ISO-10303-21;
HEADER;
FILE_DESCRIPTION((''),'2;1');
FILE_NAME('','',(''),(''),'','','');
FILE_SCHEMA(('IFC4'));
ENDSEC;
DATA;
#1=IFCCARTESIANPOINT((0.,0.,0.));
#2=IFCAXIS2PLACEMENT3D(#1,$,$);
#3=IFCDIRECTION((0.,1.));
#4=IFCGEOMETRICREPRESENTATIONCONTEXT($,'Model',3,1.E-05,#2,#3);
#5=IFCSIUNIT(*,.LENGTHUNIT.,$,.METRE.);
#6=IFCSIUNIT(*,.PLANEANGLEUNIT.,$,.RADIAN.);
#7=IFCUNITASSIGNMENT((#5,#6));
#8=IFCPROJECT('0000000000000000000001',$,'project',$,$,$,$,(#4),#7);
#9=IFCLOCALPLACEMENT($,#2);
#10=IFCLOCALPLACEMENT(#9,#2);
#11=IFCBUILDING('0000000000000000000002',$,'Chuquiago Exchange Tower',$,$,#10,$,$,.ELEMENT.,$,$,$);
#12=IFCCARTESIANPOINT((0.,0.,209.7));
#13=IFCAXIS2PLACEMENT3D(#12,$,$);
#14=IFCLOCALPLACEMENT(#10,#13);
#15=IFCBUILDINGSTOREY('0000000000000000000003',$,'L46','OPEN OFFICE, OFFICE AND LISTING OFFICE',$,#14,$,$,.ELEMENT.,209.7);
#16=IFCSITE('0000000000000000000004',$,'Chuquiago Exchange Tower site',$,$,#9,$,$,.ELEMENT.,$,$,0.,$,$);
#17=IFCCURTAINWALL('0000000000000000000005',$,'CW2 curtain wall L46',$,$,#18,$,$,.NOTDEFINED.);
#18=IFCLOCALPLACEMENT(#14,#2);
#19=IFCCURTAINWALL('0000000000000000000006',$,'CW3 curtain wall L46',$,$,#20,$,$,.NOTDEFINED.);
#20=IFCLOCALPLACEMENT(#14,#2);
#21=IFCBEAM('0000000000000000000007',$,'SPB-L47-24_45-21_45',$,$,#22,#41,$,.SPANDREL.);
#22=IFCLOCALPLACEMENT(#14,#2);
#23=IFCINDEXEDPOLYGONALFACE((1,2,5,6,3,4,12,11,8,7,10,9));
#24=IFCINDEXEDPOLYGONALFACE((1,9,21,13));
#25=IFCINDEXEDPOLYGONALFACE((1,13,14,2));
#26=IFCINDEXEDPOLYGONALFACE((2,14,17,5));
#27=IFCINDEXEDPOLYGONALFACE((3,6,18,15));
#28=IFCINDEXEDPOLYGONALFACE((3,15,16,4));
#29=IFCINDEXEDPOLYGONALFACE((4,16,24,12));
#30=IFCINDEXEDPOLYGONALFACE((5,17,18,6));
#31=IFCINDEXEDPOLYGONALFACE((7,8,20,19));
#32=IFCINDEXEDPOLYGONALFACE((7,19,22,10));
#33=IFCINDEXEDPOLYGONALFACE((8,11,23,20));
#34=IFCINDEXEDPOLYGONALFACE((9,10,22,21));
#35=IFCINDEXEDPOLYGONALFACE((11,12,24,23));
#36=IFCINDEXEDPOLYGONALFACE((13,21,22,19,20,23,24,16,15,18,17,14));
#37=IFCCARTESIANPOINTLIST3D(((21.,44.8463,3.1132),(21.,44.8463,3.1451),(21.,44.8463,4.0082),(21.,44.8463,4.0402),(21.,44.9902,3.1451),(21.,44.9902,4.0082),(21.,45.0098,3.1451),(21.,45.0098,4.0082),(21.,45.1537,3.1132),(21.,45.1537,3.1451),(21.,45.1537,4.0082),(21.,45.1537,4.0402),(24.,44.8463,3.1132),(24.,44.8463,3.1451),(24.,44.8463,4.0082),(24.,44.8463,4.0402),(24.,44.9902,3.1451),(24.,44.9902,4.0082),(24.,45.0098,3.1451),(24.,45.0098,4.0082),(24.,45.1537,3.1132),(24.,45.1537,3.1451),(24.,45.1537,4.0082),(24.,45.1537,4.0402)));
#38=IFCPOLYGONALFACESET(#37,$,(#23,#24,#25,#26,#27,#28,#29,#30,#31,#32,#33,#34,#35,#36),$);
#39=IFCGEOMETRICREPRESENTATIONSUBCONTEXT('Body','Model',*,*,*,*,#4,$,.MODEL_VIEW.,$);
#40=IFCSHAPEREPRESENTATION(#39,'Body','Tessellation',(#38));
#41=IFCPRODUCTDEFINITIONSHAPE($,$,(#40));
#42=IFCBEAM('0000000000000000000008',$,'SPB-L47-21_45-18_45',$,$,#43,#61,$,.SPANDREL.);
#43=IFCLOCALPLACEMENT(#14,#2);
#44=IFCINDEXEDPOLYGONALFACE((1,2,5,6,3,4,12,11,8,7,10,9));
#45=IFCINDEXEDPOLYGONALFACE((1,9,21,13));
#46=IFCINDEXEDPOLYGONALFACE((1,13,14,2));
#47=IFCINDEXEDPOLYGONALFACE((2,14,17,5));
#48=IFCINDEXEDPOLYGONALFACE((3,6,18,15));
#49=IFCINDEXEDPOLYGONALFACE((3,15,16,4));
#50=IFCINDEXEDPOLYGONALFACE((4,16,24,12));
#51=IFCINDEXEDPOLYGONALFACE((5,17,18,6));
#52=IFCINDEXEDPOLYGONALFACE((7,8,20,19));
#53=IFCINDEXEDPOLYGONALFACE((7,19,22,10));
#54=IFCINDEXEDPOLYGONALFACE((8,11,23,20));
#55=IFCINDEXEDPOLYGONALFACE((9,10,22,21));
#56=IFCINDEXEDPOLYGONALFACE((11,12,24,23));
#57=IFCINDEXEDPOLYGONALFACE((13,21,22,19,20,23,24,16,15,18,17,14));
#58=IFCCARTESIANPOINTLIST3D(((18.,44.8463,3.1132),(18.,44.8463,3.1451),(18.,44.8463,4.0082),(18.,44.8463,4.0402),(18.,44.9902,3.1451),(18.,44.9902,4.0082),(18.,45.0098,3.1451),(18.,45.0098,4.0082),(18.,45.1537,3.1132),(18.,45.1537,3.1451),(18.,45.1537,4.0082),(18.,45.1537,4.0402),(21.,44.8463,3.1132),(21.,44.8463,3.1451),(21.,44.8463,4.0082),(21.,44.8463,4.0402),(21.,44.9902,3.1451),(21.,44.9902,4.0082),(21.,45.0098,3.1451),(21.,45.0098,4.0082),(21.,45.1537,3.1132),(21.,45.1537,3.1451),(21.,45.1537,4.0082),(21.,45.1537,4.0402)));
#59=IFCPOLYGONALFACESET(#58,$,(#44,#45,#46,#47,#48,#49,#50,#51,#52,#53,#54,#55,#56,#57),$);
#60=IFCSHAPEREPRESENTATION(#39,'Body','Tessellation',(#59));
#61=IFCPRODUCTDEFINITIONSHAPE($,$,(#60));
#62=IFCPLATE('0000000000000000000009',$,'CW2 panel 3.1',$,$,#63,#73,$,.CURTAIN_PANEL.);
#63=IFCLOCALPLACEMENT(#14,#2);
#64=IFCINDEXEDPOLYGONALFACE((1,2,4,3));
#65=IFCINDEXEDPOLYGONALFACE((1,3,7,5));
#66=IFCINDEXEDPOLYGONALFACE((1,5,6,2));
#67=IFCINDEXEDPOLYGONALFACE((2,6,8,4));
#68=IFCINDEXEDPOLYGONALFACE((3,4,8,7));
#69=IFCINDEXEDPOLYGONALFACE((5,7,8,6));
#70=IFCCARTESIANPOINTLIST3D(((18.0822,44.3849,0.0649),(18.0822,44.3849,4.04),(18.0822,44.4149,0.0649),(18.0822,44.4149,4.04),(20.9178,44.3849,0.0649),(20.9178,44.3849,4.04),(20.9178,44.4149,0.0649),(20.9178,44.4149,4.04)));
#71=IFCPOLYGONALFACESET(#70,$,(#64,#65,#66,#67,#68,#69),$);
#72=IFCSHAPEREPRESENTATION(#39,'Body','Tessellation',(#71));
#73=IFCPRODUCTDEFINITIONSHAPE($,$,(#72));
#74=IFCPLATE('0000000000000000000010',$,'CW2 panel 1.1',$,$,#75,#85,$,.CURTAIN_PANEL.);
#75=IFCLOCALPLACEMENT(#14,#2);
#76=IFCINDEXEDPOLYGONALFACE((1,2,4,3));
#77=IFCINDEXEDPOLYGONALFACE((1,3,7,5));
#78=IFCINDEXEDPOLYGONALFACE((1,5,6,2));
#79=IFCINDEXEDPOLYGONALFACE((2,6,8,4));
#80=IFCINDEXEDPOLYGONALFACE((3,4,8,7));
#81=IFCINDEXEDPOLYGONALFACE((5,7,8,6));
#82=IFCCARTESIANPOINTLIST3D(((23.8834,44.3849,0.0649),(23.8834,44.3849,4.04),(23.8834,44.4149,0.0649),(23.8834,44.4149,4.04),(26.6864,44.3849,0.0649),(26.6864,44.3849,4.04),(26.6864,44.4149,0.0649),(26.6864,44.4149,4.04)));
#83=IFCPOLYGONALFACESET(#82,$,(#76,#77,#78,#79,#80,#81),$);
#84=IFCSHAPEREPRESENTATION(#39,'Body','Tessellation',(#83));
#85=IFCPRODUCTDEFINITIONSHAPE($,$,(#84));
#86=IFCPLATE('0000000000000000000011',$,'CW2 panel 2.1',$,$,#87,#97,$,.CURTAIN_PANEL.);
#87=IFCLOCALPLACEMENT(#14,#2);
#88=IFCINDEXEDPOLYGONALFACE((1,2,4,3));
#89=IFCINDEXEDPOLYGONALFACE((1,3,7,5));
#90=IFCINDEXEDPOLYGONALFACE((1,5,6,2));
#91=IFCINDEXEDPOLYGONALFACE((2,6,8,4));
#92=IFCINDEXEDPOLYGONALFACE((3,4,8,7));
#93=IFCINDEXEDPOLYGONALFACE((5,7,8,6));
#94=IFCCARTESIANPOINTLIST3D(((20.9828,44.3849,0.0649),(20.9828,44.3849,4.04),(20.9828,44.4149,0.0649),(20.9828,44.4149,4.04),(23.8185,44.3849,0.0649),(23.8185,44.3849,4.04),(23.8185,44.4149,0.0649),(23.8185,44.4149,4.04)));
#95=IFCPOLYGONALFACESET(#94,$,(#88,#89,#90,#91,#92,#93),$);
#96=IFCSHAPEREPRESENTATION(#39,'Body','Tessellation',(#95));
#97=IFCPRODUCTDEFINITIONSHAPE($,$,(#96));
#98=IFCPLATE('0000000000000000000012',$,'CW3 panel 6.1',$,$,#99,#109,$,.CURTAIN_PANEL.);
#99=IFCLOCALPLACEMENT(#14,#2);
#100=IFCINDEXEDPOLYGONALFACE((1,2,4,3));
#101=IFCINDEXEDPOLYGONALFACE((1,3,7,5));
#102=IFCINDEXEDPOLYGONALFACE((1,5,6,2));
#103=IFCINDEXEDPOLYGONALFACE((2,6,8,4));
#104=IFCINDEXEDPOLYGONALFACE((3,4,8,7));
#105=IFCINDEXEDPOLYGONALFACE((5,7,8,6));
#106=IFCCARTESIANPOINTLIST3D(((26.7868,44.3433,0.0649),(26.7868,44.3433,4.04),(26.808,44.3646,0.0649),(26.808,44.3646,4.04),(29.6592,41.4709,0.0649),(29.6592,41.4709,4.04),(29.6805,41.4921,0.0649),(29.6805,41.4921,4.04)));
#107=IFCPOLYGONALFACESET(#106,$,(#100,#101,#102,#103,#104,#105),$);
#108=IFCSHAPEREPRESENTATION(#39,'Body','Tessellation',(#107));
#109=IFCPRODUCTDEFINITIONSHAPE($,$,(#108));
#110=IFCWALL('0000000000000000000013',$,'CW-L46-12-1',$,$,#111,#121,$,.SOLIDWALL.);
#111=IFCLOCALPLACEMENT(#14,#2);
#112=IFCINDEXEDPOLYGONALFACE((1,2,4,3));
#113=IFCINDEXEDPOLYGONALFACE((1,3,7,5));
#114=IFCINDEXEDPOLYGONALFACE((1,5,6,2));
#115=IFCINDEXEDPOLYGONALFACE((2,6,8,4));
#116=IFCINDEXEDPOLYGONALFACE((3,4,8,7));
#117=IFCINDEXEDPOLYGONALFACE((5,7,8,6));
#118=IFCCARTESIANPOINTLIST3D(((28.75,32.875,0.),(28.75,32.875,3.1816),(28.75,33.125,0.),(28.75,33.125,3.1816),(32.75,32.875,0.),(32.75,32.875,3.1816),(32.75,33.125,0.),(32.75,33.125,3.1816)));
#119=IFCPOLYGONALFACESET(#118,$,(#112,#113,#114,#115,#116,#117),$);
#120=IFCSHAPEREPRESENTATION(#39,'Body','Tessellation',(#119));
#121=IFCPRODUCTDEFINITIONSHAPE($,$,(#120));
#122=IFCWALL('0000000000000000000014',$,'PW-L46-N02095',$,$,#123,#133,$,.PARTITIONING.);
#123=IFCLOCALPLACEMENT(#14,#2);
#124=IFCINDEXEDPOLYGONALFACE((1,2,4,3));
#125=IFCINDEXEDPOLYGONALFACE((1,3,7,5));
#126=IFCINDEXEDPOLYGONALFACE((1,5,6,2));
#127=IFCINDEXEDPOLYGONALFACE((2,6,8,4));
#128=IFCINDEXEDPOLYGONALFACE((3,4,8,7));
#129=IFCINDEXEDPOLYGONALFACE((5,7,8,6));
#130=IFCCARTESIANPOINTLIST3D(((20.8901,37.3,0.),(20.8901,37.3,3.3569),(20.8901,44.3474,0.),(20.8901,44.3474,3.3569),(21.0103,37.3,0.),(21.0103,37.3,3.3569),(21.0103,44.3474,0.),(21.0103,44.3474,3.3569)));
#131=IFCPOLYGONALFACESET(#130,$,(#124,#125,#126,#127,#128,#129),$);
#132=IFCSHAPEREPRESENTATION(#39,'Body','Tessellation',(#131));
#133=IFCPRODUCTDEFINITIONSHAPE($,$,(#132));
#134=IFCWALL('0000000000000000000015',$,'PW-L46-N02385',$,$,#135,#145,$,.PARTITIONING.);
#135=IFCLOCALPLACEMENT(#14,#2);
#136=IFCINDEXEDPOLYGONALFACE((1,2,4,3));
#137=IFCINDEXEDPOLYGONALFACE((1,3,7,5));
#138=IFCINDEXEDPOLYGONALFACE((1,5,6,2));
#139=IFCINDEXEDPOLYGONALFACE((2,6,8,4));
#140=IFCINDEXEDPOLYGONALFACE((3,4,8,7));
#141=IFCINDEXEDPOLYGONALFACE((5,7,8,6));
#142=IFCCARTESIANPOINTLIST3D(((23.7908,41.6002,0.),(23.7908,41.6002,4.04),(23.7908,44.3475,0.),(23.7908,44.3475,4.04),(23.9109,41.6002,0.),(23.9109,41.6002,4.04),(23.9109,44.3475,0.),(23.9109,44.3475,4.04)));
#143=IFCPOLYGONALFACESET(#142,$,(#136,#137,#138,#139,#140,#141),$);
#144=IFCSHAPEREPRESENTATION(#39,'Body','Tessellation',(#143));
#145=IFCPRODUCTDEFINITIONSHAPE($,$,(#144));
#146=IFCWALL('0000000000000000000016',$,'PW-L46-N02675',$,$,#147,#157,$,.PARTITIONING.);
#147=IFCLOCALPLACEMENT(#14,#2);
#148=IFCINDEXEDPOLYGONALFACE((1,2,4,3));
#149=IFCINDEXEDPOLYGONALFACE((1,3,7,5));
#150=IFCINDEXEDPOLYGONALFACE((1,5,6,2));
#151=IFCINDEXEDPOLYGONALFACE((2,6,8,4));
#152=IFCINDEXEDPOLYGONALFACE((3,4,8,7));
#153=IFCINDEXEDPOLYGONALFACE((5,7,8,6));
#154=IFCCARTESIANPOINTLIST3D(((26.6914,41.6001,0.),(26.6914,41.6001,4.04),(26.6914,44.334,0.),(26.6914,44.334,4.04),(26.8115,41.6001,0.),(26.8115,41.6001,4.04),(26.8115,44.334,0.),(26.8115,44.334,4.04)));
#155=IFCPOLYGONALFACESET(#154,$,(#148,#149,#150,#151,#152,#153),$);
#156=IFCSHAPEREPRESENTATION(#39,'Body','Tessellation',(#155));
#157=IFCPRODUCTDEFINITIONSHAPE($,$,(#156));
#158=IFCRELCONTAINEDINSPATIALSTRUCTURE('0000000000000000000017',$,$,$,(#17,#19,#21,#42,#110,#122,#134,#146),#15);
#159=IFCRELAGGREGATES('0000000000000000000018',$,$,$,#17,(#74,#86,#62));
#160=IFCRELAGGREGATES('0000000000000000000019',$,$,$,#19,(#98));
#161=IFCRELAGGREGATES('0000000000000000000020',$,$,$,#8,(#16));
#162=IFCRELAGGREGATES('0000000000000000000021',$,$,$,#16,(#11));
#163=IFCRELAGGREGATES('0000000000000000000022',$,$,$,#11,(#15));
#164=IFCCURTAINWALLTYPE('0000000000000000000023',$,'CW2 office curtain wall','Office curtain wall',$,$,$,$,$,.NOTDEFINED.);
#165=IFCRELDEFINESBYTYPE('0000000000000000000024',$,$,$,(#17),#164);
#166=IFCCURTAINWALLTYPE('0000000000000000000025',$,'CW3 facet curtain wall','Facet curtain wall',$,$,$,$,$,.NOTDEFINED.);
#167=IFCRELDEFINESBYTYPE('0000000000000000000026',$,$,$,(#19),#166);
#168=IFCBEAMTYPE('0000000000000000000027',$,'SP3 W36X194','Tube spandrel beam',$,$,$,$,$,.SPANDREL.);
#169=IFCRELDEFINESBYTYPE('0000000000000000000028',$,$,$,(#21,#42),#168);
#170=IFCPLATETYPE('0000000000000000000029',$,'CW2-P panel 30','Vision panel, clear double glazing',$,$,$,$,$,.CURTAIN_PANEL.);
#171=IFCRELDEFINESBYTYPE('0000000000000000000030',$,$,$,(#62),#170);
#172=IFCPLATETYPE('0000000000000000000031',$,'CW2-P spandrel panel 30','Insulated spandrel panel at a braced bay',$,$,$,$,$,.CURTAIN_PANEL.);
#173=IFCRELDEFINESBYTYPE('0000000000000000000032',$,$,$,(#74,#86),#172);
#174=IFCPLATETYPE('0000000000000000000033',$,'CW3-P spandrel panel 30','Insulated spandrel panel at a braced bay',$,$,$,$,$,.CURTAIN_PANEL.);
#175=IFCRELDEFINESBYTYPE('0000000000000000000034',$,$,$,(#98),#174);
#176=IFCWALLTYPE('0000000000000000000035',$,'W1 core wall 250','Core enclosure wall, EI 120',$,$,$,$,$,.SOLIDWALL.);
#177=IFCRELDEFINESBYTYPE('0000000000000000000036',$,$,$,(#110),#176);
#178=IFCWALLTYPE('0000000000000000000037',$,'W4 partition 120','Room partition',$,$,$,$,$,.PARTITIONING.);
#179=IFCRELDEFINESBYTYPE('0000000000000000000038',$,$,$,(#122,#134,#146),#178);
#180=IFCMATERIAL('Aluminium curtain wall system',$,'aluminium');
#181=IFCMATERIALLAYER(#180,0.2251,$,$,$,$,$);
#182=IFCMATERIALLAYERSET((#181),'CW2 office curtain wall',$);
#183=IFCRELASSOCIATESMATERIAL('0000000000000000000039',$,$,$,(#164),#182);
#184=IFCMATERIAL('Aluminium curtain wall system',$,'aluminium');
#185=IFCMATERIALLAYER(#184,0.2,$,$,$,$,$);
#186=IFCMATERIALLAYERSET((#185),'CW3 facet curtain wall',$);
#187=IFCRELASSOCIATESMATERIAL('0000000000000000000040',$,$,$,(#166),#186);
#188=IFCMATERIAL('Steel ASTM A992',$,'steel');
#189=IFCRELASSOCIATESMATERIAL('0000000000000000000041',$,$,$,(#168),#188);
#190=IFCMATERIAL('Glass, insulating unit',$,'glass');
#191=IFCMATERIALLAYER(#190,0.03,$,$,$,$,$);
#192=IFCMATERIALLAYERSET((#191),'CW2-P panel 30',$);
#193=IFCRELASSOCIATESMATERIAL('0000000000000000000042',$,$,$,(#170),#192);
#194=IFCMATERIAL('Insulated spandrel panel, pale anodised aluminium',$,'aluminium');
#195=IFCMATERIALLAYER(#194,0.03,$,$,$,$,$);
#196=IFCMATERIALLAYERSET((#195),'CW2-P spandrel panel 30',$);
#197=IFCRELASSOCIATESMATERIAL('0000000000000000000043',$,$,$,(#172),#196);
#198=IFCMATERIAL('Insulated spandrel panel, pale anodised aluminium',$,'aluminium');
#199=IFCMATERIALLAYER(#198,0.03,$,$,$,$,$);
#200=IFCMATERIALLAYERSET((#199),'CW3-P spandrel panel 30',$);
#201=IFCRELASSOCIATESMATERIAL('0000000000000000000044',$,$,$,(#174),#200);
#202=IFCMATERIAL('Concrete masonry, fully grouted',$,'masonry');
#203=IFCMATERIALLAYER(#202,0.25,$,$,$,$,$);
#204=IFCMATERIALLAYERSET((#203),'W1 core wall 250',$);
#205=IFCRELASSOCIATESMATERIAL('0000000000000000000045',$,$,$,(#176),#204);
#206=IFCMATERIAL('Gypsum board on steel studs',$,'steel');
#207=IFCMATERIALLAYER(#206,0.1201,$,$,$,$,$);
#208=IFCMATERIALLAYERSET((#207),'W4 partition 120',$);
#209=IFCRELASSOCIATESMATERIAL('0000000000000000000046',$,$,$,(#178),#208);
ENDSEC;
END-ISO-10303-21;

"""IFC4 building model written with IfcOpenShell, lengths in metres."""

from ifc_helpers import new_model, si_unit, direction, frame, frame_2d, origin, origin_2d, place, context, subcontext, project, spatial, rectangle, i_section, extrude, material, layer, layer_set, material_profile, profile_set, type_object, element, aggregate, save


model = new_model("IFC4")

# Units and contexts
model_context = context("Model", 3, precision=1e-05, world=origin(), true_north=direction((0.0, 1.0)))
body_context = subcontext(model_context, "Body", "Model", "MODEL_VIEW")
ifc_project = project(units=[si_unit("LENGTHUNIT", "METRE"), si_unit("PLANEANGLEUNIT", "RADIAN")], contexts=[model_context])

# Site, building, storey
site_placement = place(None, origin())
site = spatial("IfcSite", under=ifc_project, at=site_placement, Name="Chuquiago Exchange Tower site", CompositionType="ELEMENT", RefElevation=0.0)
building_placement = place(site_placement, origin())
building = spatial("IfcBuilding", under=site, at=building_placement, Name="Chuquiago Exchange Tower", CompositionType="ELEMENT")
storey_placement = place(building_placement, frame((0.0, 0.0, 209.7)))
storey = spatial("IfcBuildingStorey", under=building, at=storey_placement, Name="L46", Description="OPEN OFFICE, OFFICE AND LISTING OFFICE", CompositionType="ELEMENT", Elevation=209.7)

# Curtain walls
ifc_material_1 = material(Name="Aluminium curtain wall system", Category="aluminium")
ifc_layer_1 = layer(ifc_material_1, 0.2251)
ifc_layer_set_1 = layer_set([ifc_layer_1], Name="CW2 office curtain wall")
curtain_wall_type_1 = type_object("IfcCurtainWallType", Name="CW2 office curtain wall", Description="Office curtain wall", PredefinedType="NOTDEFINED", material=ifc_layer_set_1)
curtain_wall_1_placement = place(storey_placement, origin())
curtain_wall_1 = element("IfcCurtainWall", 1, at=curtain_wall_1_placement, inside=storey, type_object=curtain_wall_type_1, Name="CW2 curtain wall L46", PredefinedType="NOTDEFINED")
ifc_material_2 = material(Name="Aluminium curtain wall system", Category="aluminium")
ifc_layer_2 = layer(ifc_material_2, 0.2)
ifc_layer_set_2 = layer_set([ifc_layer_2], Name="CW3 facet curtain wall")
curtain_wall_type_2 = type_object("IfcCurtainWallType", Name="CW3 facet curtain wall", Description="Facet curtain wall", PredefinedType="NOTDEFINED", material=ifc_layer_set_2)
curtain_wall_2_placement = place(storey_placement, origin())
curtain_wall_2 = element("IfcCurtainWall", 2, at=curtain_wall_2_placement, inside=storey, type_object=curtain_wall_type_2, Name="CW3 curtain wall L46", PredefinedType="NOTDEFINED")

# Beams
ifc_material_3 = material(Name="Steel ASTM A992", Category="steel")
ifc_material_profile_1 = material_profile(ifc_material_3, i_section(OverallWidth=0.3074, OverallDepth=0.927, WebThickness=0.0195, FlangeThickness=0.032, at=origin_2d()), Name="W36X194")
ifc_profile_set_1 = profile_set([ifc_material_profile_1], Name="Steel ASTM A992")
beam_type_1 = type_object("IfcBeamType", Name="SP3 W36X194", Description="Tube spandrel beam", PredefinedType="SPANDREL", material=ifc_profile_set_1)
for number, where, z_axis, x_axis, name in (
    (3, (24.0, 45.0, 3.5767), (-1.0, 0.0, 0.0), (0.0, -1.0, 0.0), "SPB-L47-24_45-21_45"),
    (4, (21.0, 45.0, 3.5767), (-1.0, 0.0, 0.0), (0.0, -1.0, 0.0), "SPB-L47-21_45-18_45"),
):
    element("IfcBeam", number, at=place(storey_placement, frame(where, z_axis=z_axis, x_axis=x_axis)), inside=storey, type_object=beam_type_1, Name=name, PredefinedType="SPANDREL", context=body_context, shape_type="SweptSolid", body=[
        extrude(i_section(OverallWidth=0.3074, OverallDepth=0.927, WebThickness=0.0195, FlangeThickness=0.032, at=origin_2d()), origin(), (0.0, 0.0, 1.0), 3.0),
    ])

# Plates
ifc_material_4 = material(Name="Glass, insulating unit", Category="glass")
ifc_layer_3 = layer(ifc_material_4, 0.03)
ifc_layer_set_3 = layer_set([ifc_layer_3], Name="CW2-P panel 30")
plate_type_1 = type_object("IfcPlateType", Name="CW2-P panel 30", Description="Vision panel, clear double glazing", PredefinedType="CURTAIN_PANEL", material=ifc_layer_set_3)
plate_1_placement = place(storey_placement, frame((19.5, 44.3999, 0.0649), z_axis=(0.0, 0.0, 1.0), x_axis=(-1.0, 0.0, 0.0)))
plate_1 = element("IfcPlate", 5, at=plate_1_placement, type_object=plate_type_1, Name="CW2 panel 3.1", PredefinedType="CURTAIN_PANEL", context=body_context, shape_type="SweptSolid", body=[
    extrude(rectangle(XDim=2.8357, YDim=0.03, at=origin_2d()), origin(), (0.0, 0.0, 1.0), 3.9751),
])
ifc_material_5 = material(Name="Insulated spandrel panel, pale anodised aluminium", Category="aluminium")
ifc_layer_4 = layer(ifc_material_5, 0.03)
ifc_layer_set_4 = layer_set([ifc_layer_4], Name="CW2-P spandrel panel 30")
plate_type_2 = type_object("IfcPlateType", Name="CW2-P spandrel panel 30", Description="Insulated spandrel panel at a braced bay", PredefinedType="CURTAIN_PANEL", material=ifc_layer_set_4)
plate_2_placement = place(storey_placement, frame((25.2849, 44.3999, 0.0649), z_axis=(0.0, 0.0, 1.0), x_axis=(-1.0, 0.0, 0.0)))
plate_2 = element("IfcPlate", 6, at=plate_2_placement, type_object=plate_type_2, Name="CW2 panel 1.1", PredefinedType="CURTAIN_PANEL", context=body_context, shape_type="SweptSolid", body=[
    extrude(rectangle(XDim=2.803, YDim=0.03, at=origin_2d()), origin(), (0.0, 0.0, 1.0), 3.9751),
])
plate_3_placement = place(storey_placement, frame((22.4006, 44.3999, 0.0649), z_axis=(0.0, 0.0, 1.0), x_axis=(-1.0, 0.0, 0.0)))
plate_3 = element("IfcPlate", 7, at=plate_3_placement, type_object=plate_type_2, Name="CW2 panel 2.1", PredefinedType="CURTAIN_PANEL", context=body_context, shape_type="SweptSolid", body=[
    extrude(rectangle(XDim=2.8357, YDim=0.03, at=origin_2d()), origin(), (0.0, 0.0, 1.0), 3.9751),
])
aggregate(curtain_wall_1, [plate_2, plate_3, plate_1])
ifc_material_6 = material(Name="Insulated spandrel panel, pale anodised aluminium", Category="aluminium")
ifc_layer_5 = layer(ifc_material_6, 0.03)
ifc_layer_set_5 = layer_set([ifc_layer_5], Name="CW3-P spandrel panel 30")
plate_type_3 = type_object("IfcPlateType", Name="CW3-P spandrel panel 30", Description="Insulated spandrel panel at a braced bay", PredefinedType="CURTAIN_PANEL", material=ifc_layer_set_5)
plate_4_placement = place(storey_placement, frame((28.2336, 42.9177, 0.0649), z_axis=(0.0, 0.0, 1.0), x_axis=(-0.707107, 0.707107, 0.0)))
plate_4 = element("IfcPlate", 8, at=plate_4_placement, type_object=plate_type_3, Name="CW3 panel 6.1", PredefinedType="CURTAIN_PANEL", context=body_context, shape_type="SweptSolid", body=[
    extrude(rectangle(XDim=4.0623, YDim=0.03, at=origin_2d()), origin(), (0.0, 0.0, 1.0), 3.9751),
])
aggregate(curtain_wall_2, [plate_4])

# Walls
ifc_material_7 = material(Name="Concrete masonry, fully grouted", Category="masonry")
ifc_layer_6 = layer(ifc_material_7, 0.25)
ifc_layer_set_6 = layer_set([ifc_layer_6], Name="W1 core wall 250")
wall_type_1 = type_object("IfcWallType", Name="W1 core wall 250", Description="Core enclosure wall, EI 120", PredefinedType="SOLIDWALL", material=ifc_layer_set_6)
wall_1_placement = place(storey_placement, frame((28.75, 33.0, 0.0), z_axis=(0.0, 0.0, 1.0), x_axis=(1.0, 0.0, 0.0)))
element("IfcWall", 9, at=wall_1_placement, inside=storey, type_object=wall_type_1, Name="CW-L46-12-1", PredefinedType="SOLIDWALL", context=body_context, shape_type="SweptSolid", body=[
    extrude(rectangle(XDim=4.0, YDim=0.25, at=frame_2d((2.0, 0.0))), origin(), (0.0, 0.0, 1.0), 3.1816),
])
ifc_material_8 = material(Name="Gypsum board on steel studs", Category="steel")
ifc_layer_7 = layer(ifc_material_8, 0.1201)
ifc_layer_set_7 = layer_set([ifc_layer_7], Name="W4 partition 120")
wall_type_2 = type_object("IfcWallType", Name="W4 partition 120", Description="Room partition", PredefinedType="PARTITIONING", material=ifc_layer_set_7)
wall_2_placement = place(storey_placement, frame((20.9502, 44.3474, 0.0), z_axis=(0.0, 0.0, 1.0), x_axis=(0.0, -1.0, 0.0)))
element("IfcWall", 10, at=wall_2_placement, inside=storey, type_object=wall_type_2, Name="PW-L46-N02095", PredefinedType="PARTITIONING", context=body_context, shape_type="SweptSolid", body=[
    extrude(rectangle(XDim=7.0474, YDim=0.1201, at=frame_2d((3.5237, 0.0))), origin(), (0.0, 0.0, 1.0), 3.3569),
])
wall_3_placement = place(storey_placement, frame((23.8508, 44.3474, 0.0), z_axis=(0.0, 0.0, 1.0), x_axis=(0.0, -1.0, 0.0)))
element("IfcWall", 11, at=wall_3_placement, inside=storey, type_object=wall_type_2, Name="PW-L46-N02385", PredefinedType="PARTITIONING", context=body_context, shape_type="SweptSolid", body=[
    extrude(rectangle(XDim=2.7473, YDim=0.1201, at=frame_2d((1.3735, 0.0))), origin(), (0.0, 0.0, 1.0), 4.04),
])
wall_4_placement = place(storey_placement, frame((26.7515, 44.334, 0.0), z_axis=(0.0, 0.0, 1.0), x_axis=(0.0, -1.0, 0.0)))
element("IfcWall", 12, at=wall_4_placement, inside=storey, type_object=wall_type_2, Name="PW-L46-N02675", PredefinedType="PARTITIONING", context=body_context, shape_type="SweptSolid", body=[
    extrude(rectangle(XDim=2.7339, YDim=0.1201, at=frame_2d((1.3669, 0.0))), origin(), (0.0, 0.0, 1.0), 4.04),
])

save(model, "model.ifc")
